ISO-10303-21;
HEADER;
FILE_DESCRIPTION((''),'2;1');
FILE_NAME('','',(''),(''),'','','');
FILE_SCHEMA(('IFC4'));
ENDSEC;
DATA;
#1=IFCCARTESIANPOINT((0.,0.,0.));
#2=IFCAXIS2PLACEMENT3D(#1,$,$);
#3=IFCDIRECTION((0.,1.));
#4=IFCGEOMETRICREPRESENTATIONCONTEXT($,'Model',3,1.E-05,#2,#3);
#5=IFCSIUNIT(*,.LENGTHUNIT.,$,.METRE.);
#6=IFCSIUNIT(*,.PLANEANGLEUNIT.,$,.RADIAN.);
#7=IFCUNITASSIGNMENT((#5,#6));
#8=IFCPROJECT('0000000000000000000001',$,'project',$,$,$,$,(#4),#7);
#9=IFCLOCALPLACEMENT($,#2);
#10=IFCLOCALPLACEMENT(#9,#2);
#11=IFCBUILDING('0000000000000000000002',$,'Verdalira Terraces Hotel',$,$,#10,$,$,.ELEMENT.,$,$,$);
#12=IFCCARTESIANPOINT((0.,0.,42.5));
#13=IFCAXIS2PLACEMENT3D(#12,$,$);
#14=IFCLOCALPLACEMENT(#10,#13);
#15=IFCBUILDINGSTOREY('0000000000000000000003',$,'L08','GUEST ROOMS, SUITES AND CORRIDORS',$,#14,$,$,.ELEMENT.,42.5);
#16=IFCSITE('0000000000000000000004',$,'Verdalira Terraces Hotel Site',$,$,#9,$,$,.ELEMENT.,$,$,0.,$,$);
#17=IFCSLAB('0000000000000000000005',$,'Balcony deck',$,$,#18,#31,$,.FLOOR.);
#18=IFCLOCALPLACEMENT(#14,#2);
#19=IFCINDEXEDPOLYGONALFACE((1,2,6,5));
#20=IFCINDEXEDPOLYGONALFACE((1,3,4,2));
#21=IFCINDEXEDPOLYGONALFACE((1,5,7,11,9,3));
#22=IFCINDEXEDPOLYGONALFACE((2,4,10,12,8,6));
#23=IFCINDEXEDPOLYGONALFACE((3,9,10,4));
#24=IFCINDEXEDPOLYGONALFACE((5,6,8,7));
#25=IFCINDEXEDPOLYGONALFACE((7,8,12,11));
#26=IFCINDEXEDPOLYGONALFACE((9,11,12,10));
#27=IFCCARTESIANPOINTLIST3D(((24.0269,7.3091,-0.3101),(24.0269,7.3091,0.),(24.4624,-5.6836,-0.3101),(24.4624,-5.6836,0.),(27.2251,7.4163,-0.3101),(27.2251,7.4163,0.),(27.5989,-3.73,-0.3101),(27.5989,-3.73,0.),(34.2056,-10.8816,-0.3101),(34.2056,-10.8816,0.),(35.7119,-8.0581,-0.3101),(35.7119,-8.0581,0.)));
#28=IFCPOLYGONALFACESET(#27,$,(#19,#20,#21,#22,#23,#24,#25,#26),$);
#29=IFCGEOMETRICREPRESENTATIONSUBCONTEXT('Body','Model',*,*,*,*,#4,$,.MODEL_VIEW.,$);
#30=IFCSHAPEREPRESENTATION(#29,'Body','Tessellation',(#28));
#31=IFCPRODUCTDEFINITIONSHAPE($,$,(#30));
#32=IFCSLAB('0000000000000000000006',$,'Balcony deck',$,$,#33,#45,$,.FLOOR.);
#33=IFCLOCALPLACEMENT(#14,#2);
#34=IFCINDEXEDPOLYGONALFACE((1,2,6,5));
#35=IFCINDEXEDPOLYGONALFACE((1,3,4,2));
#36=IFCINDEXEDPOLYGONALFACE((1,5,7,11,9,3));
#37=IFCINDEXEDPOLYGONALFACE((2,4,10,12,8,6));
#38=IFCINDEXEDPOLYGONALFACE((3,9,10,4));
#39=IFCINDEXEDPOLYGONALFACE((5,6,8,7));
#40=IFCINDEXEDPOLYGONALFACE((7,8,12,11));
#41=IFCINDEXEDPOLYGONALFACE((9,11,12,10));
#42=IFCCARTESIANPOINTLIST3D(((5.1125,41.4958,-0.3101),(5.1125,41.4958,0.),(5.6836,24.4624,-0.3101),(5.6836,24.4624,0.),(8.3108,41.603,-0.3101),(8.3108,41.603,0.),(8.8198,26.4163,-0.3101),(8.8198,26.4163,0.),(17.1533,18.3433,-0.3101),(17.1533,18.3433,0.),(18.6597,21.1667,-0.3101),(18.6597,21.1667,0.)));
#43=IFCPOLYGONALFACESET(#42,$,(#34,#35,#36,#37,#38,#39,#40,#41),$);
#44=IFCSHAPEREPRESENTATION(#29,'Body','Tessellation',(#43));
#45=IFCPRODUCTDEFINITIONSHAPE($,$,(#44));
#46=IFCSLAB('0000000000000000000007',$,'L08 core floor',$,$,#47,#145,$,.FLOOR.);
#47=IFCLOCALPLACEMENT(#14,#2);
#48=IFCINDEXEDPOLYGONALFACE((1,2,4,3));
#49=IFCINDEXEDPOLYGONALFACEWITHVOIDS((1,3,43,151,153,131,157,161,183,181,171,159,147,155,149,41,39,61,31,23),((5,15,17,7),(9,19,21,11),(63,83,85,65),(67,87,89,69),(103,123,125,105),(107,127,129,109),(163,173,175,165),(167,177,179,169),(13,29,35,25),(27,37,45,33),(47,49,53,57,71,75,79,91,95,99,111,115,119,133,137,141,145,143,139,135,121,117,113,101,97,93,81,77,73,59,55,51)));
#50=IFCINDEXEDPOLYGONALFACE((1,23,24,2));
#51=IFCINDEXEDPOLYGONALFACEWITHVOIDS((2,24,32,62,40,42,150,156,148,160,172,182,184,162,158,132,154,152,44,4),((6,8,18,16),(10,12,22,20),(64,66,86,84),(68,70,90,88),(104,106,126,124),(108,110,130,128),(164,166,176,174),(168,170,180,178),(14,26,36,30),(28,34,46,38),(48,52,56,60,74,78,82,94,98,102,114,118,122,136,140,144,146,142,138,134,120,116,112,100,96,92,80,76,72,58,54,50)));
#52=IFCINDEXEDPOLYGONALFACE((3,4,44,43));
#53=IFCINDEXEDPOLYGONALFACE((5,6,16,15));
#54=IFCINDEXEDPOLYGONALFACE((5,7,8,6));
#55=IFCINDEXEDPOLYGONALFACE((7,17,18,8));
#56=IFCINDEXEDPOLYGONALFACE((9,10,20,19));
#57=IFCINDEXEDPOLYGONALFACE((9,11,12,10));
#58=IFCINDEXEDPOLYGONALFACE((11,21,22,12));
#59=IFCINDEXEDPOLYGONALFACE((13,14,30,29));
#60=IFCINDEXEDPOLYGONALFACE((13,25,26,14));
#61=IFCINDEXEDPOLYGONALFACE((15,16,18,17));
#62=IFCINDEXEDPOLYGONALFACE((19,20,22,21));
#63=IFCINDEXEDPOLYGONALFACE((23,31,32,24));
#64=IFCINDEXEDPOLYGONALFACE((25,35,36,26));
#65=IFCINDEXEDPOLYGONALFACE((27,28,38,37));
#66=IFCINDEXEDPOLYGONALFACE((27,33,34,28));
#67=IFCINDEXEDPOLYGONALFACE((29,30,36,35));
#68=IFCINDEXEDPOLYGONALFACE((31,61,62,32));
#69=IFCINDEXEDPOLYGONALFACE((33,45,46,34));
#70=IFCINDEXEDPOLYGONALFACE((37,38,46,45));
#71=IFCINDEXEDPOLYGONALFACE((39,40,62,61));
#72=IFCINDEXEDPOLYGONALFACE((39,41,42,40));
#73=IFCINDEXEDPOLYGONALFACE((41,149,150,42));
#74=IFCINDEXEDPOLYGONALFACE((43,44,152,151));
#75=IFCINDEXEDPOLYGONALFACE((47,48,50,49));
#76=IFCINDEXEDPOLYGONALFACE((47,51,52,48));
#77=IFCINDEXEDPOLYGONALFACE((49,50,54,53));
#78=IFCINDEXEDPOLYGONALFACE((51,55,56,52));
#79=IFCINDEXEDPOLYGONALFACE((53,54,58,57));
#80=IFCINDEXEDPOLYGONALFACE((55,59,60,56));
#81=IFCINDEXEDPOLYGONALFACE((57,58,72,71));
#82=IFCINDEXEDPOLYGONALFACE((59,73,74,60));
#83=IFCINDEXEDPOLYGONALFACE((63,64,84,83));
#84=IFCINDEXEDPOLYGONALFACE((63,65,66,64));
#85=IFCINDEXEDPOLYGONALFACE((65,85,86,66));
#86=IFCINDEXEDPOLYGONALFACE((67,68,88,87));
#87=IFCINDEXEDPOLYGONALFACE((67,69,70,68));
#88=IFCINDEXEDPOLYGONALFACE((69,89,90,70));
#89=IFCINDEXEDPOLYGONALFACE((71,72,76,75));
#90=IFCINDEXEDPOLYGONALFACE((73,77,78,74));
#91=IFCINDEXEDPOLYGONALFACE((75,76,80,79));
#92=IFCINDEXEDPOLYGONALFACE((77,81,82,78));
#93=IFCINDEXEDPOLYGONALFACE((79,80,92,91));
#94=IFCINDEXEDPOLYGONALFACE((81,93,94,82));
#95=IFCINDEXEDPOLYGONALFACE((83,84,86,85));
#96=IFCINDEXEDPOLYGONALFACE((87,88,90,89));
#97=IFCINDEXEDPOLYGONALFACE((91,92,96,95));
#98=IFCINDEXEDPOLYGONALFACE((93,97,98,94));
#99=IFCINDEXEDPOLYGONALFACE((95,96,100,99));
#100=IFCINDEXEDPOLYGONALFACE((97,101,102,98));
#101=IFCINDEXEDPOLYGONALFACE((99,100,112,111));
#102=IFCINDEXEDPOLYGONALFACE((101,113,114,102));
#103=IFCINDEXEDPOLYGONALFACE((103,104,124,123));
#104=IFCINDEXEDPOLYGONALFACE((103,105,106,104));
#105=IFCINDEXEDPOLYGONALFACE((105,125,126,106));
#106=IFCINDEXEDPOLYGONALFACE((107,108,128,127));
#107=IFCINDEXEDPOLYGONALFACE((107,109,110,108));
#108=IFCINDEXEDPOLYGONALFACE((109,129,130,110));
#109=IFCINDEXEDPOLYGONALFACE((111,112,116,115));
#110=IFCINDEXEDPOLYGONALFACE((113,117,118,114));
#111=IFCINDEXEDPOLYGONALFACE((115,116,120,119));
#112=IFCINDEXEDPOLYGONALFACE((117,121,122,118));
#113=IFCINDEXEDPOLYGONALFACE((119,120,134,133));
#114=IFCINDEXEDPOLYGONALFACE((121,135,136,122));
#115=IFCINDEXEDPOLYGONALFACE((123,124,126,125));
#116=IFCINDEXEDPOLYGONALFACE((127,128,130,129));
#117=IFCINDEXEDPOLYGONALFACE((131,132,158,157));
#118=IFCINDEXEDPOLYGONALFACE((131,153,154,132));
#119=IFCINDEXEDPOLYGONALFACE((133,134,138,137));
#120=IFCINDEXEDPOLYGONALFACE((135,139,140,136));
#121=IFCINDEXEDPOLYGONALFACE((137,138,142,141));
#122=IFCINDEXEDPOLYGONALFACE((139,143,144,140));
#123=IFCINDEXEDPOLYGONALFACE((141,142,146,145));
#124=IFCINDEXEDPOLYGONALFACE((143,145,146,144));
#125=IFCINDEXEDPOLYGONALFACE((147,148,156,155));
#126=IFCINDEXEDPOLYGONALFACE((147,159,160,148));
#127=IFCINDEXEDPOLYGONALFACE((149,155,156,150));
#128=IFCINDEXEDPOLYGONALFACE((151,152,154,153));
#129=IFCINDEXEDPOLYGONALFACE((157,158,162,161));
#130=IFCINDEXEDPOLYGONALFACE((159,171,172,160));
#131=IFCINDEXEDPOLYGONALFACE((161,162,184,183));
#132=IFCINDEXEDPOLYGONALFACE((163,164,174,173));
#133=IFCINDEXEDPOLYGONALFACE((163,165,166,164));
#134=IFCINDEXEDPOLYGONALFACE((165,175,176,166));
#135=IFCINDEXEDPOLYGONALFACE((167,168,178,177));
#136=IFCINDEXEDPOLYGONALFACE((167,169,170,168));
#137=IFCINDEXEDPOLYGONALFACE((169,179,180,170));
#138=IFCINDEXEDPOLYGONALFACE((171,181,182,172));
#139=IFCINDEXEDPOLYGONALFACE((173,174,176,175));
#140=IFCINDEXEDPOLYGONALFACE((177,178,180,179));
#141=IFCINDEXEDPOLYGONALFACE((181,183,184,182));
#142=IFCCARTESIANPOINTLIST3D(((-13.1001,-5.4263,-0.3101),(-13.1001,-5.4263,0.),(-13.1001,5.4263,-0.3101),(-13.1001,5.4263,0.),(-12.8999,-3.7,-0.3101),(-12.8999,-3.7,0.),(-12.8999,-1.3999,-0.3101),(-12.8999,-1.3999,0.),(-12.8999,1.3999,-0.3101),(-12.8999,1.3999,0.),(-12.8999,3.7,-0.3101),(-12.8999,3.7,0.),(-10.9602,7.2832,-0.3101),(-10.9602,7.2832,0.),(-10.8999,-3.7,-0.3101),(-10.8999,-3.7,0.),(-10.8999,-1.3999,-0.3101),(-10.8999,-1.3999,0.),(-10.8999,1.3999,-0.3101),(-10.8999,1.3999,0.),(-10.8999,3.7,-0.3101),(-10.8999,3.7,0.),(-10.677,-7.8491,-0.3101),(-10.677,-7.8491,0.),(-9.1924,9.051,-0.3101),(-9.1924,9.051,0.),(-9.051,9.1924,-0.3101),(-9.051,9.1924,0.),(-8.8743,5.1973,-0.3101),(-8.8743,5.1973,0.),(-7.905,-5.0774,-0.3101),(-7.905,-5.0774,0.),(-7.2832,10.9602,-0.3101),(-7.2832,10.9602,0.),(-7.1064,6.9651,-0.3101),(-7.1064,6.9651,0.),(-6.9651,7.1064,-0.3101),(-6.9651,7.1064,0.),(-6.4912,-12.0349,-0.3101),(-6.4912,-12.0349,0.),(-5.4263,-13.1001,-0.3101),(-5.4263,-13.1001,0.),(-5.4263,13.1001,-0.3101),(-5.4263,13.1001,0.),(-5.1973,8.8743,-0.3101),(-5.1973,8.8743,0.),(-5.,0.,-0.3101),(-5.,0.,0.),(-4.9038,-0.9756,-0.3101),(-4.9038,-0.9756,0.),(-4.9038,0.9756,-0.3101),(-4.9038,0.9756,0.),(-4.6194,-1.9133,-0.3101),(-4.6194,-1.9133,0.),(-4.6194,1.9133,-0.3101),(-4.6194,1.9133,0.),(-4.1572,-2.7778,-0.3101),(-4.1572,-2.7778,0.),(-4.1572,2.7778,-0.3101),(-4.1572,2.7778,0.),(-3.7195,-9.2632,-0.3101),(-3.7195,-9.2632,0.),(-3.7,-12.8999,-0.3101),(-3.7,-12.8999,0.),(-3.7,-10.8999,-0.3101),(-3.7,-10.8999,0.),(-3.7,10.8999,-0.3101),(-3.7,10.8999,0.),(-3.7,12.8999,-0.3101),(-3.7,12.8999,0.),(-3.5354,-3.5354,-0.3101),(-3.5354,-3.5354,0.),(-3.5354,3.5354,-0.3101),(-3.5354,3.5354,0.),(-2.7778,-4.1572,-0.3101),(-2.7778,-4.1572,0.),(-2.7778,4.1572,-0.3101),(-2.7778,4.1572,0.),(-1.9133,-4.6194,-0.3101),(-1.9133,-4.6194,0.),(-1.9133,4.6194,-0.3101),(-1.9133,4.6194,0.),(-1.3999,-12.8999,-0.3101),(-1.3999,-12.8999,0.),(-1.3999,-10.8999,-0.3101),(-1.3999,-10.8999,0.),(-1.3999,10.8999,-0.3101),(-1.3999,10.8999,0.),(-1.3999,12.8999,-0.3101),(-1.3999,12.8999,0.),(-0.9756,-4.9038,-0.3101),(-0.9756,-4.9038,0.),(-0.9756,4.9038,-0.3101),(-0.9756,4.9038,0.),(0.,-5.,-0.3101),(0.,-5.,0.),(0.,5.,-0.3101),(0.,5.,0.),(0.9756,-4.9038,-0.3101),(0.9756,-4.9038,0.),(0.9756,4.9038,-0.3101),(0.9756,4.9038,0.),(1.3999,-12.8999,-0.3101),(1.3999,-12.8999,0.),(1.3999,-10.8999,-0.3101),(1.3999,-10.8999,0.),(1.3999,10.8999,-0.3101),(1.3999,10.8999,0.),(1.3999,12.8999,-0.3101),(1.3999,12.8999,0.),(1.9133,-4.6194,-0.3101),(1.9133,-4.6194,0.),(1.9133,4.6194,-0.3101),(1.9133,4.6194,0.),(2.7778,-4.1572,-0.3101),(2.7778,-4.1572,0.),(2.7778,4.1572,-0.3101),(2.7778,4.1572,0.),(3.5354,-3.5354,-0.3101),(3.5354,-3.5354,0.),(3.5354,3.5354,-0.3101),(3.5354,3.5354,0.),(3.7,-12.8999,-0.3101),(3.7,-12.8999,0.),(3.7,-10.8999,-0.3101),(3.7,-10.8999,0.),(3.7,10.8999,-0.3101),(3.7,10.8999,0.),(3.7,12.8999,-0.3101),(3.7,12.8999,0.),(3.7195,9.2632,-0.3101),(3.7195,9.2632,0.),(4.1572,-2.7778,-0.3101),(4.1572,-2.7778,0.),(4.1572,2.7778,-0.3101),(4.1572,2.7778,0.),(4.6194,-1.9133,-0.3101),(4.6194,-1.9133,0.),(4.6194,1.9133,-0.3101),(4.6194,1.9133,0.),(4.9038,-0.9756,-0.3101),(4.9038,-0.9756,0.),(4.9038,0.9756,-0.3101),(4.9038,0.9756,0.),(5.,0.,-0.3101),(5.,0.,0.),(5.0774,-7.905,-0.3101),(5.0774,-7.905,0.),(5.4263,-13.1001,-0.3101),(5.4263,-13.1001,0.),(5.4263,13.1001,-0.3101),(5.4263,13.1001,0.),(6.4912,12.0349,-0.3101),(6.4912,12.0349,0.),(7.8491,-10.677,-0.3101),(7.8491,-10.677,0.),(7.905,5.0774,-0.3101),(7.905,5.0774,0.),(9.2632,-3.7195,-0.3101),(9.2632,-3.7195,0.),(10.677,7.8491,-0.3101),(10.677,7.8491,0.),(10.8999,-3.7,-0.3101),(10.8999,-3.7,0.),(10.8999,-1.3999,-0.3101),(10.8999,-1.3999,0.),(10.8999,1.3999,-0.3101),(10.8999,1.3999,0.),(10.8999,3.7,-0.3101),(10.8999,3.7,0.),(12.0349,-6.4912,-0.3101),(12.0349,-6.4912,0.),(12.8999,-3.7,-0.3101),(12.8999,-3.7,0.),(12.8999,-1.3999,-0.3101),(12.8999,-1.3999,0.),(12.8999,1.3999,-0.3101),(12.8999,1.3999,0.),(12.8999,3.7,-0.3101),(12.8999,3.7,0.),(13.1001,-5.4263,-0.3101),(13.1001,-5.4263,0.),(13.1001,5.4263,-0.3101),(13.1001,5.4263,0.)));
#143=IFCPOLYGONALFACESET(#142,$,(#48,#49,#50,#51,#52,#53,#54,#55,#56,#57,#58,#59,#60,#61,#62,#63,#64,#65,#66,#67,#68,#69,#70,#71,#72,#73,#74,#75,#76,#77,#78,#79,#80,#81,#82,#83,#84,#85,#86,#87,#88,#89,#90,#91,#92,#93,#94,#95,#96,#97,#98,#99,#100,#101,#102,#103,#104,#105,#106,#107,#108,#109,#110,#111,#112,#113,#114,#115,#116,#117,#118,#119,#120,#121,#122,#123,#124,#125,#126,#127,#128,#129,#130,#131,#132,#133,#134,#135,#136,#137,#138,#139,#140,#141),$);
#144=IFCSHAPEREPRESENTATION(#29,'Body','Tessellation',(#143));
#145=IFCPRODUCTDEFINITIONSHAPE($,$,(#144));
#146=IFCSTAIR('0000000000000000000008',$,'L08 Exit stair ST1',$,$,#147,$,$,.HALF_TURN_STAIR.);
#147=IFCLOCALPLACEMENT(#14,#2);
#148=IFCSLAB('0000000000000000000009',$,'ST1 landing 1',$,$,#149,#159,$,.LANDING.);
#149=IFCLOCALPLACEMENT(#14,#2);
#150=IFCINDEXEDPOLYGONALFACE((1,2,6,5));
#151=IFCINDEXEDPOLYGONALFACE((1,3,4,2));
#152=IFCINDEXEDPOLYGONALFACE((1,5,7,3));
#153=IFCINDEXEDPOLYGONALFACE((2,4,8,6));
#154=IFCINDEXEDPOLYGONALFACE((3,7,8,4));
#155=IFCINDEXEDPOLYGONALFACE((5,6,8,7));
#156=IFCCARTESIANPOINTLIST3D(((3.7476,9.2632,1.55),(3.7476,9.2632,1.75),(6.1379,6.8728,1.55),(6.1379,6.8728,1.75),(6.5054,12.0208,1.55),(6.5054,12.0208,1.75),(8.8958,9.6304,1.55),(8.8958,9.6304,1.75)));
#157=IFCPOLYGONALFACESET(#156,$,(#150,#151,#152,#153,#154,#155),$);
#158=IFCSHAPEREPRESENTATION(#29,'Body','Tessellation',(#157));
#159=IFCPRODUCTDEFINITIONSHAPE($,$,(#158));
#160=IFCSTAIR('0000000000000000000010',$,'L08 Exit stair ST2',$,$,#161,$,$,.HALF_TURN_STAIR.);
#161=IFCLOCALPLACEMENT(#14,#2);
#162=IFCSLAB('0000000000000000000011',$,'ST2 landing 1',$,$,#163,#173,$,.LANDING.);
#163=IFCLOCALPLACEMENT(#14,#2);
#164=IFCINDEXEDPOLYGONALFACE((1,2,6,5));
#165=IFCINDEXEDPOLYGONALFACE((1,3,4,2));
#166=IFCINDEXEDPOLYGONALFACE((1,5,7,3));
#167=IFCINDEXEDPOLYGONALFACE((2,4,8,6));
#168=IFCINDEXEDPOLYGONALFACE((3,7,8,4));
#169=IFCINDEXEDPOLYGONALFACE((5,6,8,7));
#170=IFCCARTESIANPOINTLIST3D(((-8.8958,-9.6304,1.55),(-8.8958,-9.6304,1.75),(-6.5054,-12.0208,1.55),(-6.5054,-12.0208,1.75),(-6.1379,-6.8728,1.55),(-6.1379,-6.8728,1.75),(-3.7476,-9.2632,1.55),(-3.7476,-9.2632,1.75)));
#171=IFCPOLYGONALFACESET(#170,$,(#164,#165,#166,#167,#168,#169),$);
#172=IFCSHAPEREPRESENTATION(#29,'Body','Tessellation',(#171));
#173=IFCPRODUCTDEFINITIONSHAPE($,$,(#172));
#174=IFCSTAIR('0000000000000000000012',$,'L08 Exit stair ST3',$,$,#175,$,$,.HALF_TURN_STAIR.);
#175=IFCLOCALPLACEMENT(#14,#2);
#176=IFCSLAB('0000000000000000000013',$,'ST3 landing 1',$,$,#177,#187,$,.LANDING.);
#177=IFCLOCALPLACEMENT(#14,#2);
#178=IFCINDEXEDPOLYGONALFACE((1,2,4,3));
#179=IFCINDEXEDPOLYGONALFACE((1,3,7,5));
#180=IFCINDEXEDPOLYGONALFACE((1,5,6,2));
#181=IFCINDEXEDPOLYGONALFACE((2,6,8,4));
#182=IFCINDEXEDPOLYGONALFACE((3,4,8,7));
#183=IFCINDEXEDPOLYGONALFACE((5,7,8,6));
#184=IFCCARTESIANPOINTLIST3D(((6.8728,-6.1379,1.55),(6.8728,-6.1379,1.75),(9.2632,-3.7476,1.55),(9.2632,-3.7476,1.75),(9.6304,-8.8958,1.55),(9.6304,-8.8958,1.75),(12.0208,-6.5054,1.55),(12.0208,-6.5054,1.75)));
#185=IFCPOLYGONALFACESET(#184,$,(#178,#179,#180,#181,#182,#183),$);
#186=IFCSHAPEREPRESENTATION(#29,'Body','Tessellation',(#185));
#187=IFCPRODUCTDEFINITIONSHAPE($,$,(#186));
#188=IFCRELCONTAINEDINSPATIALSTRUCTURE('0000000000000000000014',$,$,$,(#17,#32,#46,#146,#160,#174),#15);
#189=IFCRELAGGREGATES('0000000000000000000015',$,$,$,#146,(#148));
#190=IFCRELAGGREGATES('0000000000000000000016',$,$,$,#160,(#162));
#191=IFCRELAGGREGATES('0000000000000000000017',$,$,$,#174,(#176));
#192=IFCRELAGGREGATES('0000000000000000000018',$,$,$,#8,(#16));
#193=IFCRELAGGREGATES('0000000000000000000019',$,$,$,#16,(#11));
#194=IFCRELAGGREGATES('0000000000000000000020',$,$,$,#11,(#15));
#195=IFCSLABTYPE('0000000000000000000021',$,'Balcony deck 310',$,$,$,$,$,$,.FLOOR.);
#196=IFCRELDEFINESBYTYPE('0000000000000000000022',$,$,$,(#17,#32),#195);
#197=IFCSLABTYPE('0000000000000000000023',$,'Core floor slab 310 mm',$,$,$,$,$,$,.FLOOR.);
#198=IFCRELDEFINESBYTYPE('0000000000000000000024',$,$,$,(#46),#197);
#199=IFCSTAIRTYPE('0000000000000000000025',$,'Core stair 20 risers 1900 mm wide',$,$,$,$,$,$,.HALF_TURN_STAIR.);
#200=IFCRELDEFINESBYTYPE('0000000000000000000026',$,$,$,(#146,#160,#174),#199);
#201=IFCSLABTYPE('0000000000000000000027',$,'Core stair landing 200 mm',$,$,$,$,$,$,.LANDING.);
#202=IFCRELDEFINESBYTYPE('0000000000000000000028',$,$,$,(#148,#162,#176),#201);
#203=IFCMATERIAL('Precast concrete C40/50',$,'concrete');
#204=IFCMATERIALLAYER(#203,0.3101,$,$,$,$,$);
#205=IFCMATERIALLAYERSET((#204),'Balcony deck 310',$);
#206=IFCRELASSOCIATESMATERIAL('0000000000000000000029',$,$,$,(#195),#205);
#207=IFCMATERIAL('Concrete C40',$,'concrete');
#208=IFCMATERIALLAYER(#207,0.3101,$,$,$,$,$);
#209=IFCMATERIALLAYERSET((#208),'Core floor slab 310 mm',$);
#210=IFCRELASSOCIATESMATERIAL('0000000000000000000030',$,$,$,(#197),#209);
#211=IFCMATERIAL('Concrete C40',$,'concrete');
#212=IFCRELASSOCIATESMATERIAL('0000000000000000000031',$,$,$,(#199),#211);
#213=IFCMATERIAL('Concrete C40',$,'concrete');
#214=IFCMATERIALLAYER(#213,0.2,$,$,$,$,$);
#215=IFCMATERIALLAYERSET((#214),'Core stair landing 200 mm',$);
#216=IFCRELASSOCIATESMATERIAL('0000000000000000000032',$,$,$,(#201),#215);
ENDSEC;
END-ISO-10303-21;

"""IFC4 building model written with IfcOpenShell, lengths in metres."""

from ifc_helpers import new_model, si_unit, direction, frame, origin, place, context, subcontext, project, spatial, polyline, outline, extrude, material, layer, layer_set, type_object, element, aggregate, save


model = new_model("IFC4")

# Units and contexts
model_context = context("Model", 3, precision=1e-05, world=origin(), true_north=direction((0.0, 1.0)))
body_context = subcontext(model_context, "Body", "Model", "MODEL_VIEW")
ifc_project = project(units=[si_unit("LENGTHUNIT", "METRE"), si_unit("PLANEANGLEUNIT", "RADIAN")], contexts=[model_context])

# Site, building, storey
site_placement = place(None, origin())
site = spatial("IfcSite", under=ifc_project, at=site_placement, Name="Verdalira Terraces Hotel Site", CompositionType="ELEMENT", RefElevation=0.0)
building_placement = place(site_placement, origin())
building = spatial("IfcBuilding", under=site, at=building_placement, Name="Verdalira Terraces Hotel", CompositionType="ELEMENT")
storey_placement = place(building_placement, frame((0.0, 0.0, 42.5)))
storey = spatial("IfcBuildingStorey", under=building, at=storey_placement, Name="L08", Description="GUEST ROOMS, SUITES AND CORRIDORS", CompositionType="ELEMENT", Elevation=42.5)

# Slabs
ifc_material_1 = material(Name="Precast concrete C40/50", Category="concrete")
ifc_layer_1 = layer(ifc_material_1, 0.3101)
ifc_layer_set_1 = layer_set([ifc_layer_1], Name="Balcony deck 310")
slab_type_1 = type_object("IfcSlabType", Name="Balcony deck 310", PredefinedType="FLOOR", material=ifc_layer_set_1)
slab_1_placement = place(storey_placement, frame((0.0, 0.0, -0.3101)))
element("IfcSlab", 1, at=slab_1_placement, inside=storey, type_object=slab_type_1, Name="Balcony deck", PredefinedType="FLOOR", context=body_context, shape_type="SweptSolid", body=[
    extrude(outline(polyline([(27.2251, 7.4163), (24.0269, 7.3091), (24.4624, -5.6836), (34.2056, -10.8816), (35.7119, -8.0581), (27.5989, -3.73), (27.2251, 7.4163)])), origin(), (0.0, 0.0, 1.0), 0.3101),
])
slab_2_placement = place(storey_placement, frame((0.0, 0.0, -0.3101)))
element("IfcSlab", 2, at=slab_2_placement, inside=storey, type_object=slab_type_1, Name="Balcony deck", PredefinedType="FLOOR", context=body_context, shape_type="SweptSolid", body=[
    extrude(outline(polyline([(8.3108, 41.603), (5.1125, 41.4958), (5.6836, 24.4624), (17.1533, 18.3433), (18.6597, 21.1667), (8.8198, 26.4163), (8.3108, 41.603)])), origin(), (0.0, 0.0, 1.0), 0.3101),
])
ifc_material_2 = material(Name="Concrete C40", Category="concrete")
ifc_layer_2 = layer(ifc_material_2, 0.3101)
ifc_layer_set_2 = layer_set([ifc_layer_2], Name="Core floor slab 310 mm")
slab_type_2 = type_object("IfcSlabType", Name="Core floor slab 310 mm", PredefinedType="FLOOR", material=ifc_layer_set_2)
slab_3_placement = place(storey_placement, frame((0.0, 0.0, -0.3101)))
element("IfcSlab", 3, at=slab_3_placement, inside=storey, type_object=slab_type_2, Name="L08 core floor", PredefinedType="FLOOR", context=body_context, shape_type="SweptSolid", body=[
    extrude(outline(polyline([(-5.4263, 13.1001), (5.4263, 13.1001), (6.4912, 12.0349), (3.7195, 9.2632), (7.905, 5.0774), (10.677, 7.8491), (13.1001, 5.4263), (13.1001, -5.4263), (12.0349, -6.4912), (9.2632, -3.7195), (5.0774, -7.905), (7.8491, -10.677), (5.4263, -13.1001), (-5.4263, -13.1001), (-6.4912, -12.0349), (-3.7195, -9.2632), (-7.905, -5.0774), (-10.677, -7.8491), (-13.1001, -5.4263), (-13.1001, 5.4263), (-5.4263, 13.1001)]), holes=[polyline([(12.8999, -3.7), (12.8999, -1.3999), (10.8999, -1.3999), (10.8999, -3.7), (12.8999, -3.7)]), polyline([(12.8999, 1.3999), (12.8999, 3.7), (10.8999, 3.7), (10.8999, 1.3999), (12.8999, 1.3999)]), polyline([(1.3999, 10.8999), (3.7, 10.8999), (3.7, 12.8999), (1.3999, 12.8999), (1.3999, 10.8999)]), polyline([(-3.7, 10.8999), (-1.3999, 10.8999), (-1.3999, 12.8999), (-3.7, 12.8999), (-3.7, 10.8999)]), polyline([(-12.8999, 3.7), (-12.8999, 1.3999), (-10.8999, 1.3999), (-10.8999, 3.7), (-12.8999, 3.7)]), polyline([(-12.8999, -1.3999), (-12.8999, -3.7), (-10.8999, -3.7), (-10.8999, -1.3999), (-12.8999, -1.3999)]), polyline([(-1.3999, -10.8999), (-3.7, -10.8999), (-3.7, -12.8999), (-1.3999, -12.8999), (-1.3999, -10.8999)]), polyline([(3.7, -10.8999), (1.3999, -10.8999), (1.3999, -12.8999), (3.7, -12.8999), (3.7, -10.8999)]), polyline([(-9.051, 9.1924), (-6.9651, 7.1064), (-5.1973, 8.8743), (-7.2832, 10.9602), (-9.051, 9.1924)]), polyline([(-9.1924, 9.051), (-10.9602, 7.2832), (-8.8743, 5.1973), (-7.1064, 6.9651), (-9.1924, 9.051)]), polyline([(3.5354, 3.5354), (2.7778, 4.1572), (1.9133, 4.6194), (0.9756, 4.9038), (0.0, 5.0), (-0.9756, 4.9038), (-1.9133, 4.6194), (-2.7778, 4.1572), (-3.5354, 3.5354), (-4.1572, 2.7778), (-4.6194, 1.9133), (-4.9038, 0.9756), (-5.0, 0.0), (-4.9038, -0.9756), (-4.6194, -1.9133), (-4.1572, -2.7778), (-3.5354, -3.5354), (-2.7778, -4.1572), (-1.9133, -4.6194), (-0.9756, -4.9038), (0.0, -5.0), (0.9756, -4.9038), (1.9133, -4.6194), (2.7778, -4.1572), (3.5354, -3.5354), (4.1572, -2.7778), (4.6194, -1.9133), (4.9038, -0.9756), (5.0, 0.0), (4.9038, 0.9756), (4.6194, 1.9133), (4.1572, 2.7778), (3.5354, 3.5354)])]), origin(), (0.0, 0.0, 1.0), 0.3101),
])

# Stairs, slabs
ifc_material_3 = material(Name="Concrete C40", Category="concrete")
stair_type = type_object("IfcStairType", Name="Core stair 20 risers 1900 mm wide", PredefinedType="HALF_TURN_STAIR", material=ifc_material_3)
stair_1_placement = place(storey_placement, origin())
stair_1 = element("IfcStair", 4, at=stair_1_placement, inside=storey, type_object=stair_type, Name="L08 Exit stair ST1", PredefinedType="HALF_TURN_STAIR")
ifc_material_4 = material(Name="Concrete C40", Category="concrete")
ifc_layer_3 = layer(ifc_material_4, 0.2)
ifc_layer_set_3 = layer_set([ifc_layer_3], Name="Core stair landing 200 mm")
slab_type_3 = type_object("IfcSlabType", Name="Core stair landing 200 mm", PredefinedType="LANDING", material=ifc_layer_set_3)
slab_4_placement = place(storey_placement, frame((0.0, 0.0, 1.55)))
slab_4 = element("IfcSlab", 5, at=slab_4_placement, type_object=slab_type_3, Name="ST1 landing 1", PredefinedType="LANDING", context=body_context, shape_type="SweptSolid", body=[
    extrude(outline(polyline([(8.8958, 9.6304), (6.5054, 12.0208), (3.7476, 9.2632), (6.1379, 6.8728), (8.8958, 9.6304)])), origin(), (0.0, 0.0, 1.0), 0.2),
])
aggregate(stair_1, [slab_4])
stair_2_placement = place(storey_placement, origin())
stair_2 = element("IfcStair", 6, at=stair_2_placement, inside=storey, type_object=stair_type, Name="L08 Exit stair ST2", PredefinedType="HALF_TURN_STAIR")
slab_5_placement = place(storey_placement, frame((0.0, 0.0, 1.55)))
slab_5 = element("IfcSlab", 7, at=slab_5_placement, type_object=slab_type_3, Name="ST2 landing 1", PredefinedType="LANDING", context=body_context, shape_type="SweptSolid", body=[
    extrude(outline(polyline([(-8.8958, -9.6304), (-6.5054, -12.0208), (-3.7476, -9.2632), (-6.1379, -6.8728), (-8.8958, -9.6304)])), origin(), (0.0, 0.0, 1.0), 0.2),
])
aggregate(stair_2, [slab_5])
stair_3_placement = place(storey_placement, origin())
stair_3 = element("IfcStair", 8, at=stair_3_placement, inside=storey, type_object=stair_type, Name="L08 Exit stair ST3", PredefinedType="HALF_TURN_STAIR")
slab_6_placement = place(storey_placement, frame((0.0, 0.0, 1.55)))
slab_6 = element("IfcSlab", 9, at=slab_6_placement, type_object=slab_type_3, Name="ST3 landing 1", PredefinedType="LANDING", context=body_context, shape_type="SweptSolid", body=[
    extrude(outline(polyline([(9.6304, -8.8958), (12.0208, -6.5054), (9.2632, -3.7476), (6.8728, -6.1379), (9.6304, -8.8958)])), origin(), (0.0, 0.0, 1.0), 0.2),
])
aggregate(stair_3, [slab_6])

save(model, "model.ifc")
